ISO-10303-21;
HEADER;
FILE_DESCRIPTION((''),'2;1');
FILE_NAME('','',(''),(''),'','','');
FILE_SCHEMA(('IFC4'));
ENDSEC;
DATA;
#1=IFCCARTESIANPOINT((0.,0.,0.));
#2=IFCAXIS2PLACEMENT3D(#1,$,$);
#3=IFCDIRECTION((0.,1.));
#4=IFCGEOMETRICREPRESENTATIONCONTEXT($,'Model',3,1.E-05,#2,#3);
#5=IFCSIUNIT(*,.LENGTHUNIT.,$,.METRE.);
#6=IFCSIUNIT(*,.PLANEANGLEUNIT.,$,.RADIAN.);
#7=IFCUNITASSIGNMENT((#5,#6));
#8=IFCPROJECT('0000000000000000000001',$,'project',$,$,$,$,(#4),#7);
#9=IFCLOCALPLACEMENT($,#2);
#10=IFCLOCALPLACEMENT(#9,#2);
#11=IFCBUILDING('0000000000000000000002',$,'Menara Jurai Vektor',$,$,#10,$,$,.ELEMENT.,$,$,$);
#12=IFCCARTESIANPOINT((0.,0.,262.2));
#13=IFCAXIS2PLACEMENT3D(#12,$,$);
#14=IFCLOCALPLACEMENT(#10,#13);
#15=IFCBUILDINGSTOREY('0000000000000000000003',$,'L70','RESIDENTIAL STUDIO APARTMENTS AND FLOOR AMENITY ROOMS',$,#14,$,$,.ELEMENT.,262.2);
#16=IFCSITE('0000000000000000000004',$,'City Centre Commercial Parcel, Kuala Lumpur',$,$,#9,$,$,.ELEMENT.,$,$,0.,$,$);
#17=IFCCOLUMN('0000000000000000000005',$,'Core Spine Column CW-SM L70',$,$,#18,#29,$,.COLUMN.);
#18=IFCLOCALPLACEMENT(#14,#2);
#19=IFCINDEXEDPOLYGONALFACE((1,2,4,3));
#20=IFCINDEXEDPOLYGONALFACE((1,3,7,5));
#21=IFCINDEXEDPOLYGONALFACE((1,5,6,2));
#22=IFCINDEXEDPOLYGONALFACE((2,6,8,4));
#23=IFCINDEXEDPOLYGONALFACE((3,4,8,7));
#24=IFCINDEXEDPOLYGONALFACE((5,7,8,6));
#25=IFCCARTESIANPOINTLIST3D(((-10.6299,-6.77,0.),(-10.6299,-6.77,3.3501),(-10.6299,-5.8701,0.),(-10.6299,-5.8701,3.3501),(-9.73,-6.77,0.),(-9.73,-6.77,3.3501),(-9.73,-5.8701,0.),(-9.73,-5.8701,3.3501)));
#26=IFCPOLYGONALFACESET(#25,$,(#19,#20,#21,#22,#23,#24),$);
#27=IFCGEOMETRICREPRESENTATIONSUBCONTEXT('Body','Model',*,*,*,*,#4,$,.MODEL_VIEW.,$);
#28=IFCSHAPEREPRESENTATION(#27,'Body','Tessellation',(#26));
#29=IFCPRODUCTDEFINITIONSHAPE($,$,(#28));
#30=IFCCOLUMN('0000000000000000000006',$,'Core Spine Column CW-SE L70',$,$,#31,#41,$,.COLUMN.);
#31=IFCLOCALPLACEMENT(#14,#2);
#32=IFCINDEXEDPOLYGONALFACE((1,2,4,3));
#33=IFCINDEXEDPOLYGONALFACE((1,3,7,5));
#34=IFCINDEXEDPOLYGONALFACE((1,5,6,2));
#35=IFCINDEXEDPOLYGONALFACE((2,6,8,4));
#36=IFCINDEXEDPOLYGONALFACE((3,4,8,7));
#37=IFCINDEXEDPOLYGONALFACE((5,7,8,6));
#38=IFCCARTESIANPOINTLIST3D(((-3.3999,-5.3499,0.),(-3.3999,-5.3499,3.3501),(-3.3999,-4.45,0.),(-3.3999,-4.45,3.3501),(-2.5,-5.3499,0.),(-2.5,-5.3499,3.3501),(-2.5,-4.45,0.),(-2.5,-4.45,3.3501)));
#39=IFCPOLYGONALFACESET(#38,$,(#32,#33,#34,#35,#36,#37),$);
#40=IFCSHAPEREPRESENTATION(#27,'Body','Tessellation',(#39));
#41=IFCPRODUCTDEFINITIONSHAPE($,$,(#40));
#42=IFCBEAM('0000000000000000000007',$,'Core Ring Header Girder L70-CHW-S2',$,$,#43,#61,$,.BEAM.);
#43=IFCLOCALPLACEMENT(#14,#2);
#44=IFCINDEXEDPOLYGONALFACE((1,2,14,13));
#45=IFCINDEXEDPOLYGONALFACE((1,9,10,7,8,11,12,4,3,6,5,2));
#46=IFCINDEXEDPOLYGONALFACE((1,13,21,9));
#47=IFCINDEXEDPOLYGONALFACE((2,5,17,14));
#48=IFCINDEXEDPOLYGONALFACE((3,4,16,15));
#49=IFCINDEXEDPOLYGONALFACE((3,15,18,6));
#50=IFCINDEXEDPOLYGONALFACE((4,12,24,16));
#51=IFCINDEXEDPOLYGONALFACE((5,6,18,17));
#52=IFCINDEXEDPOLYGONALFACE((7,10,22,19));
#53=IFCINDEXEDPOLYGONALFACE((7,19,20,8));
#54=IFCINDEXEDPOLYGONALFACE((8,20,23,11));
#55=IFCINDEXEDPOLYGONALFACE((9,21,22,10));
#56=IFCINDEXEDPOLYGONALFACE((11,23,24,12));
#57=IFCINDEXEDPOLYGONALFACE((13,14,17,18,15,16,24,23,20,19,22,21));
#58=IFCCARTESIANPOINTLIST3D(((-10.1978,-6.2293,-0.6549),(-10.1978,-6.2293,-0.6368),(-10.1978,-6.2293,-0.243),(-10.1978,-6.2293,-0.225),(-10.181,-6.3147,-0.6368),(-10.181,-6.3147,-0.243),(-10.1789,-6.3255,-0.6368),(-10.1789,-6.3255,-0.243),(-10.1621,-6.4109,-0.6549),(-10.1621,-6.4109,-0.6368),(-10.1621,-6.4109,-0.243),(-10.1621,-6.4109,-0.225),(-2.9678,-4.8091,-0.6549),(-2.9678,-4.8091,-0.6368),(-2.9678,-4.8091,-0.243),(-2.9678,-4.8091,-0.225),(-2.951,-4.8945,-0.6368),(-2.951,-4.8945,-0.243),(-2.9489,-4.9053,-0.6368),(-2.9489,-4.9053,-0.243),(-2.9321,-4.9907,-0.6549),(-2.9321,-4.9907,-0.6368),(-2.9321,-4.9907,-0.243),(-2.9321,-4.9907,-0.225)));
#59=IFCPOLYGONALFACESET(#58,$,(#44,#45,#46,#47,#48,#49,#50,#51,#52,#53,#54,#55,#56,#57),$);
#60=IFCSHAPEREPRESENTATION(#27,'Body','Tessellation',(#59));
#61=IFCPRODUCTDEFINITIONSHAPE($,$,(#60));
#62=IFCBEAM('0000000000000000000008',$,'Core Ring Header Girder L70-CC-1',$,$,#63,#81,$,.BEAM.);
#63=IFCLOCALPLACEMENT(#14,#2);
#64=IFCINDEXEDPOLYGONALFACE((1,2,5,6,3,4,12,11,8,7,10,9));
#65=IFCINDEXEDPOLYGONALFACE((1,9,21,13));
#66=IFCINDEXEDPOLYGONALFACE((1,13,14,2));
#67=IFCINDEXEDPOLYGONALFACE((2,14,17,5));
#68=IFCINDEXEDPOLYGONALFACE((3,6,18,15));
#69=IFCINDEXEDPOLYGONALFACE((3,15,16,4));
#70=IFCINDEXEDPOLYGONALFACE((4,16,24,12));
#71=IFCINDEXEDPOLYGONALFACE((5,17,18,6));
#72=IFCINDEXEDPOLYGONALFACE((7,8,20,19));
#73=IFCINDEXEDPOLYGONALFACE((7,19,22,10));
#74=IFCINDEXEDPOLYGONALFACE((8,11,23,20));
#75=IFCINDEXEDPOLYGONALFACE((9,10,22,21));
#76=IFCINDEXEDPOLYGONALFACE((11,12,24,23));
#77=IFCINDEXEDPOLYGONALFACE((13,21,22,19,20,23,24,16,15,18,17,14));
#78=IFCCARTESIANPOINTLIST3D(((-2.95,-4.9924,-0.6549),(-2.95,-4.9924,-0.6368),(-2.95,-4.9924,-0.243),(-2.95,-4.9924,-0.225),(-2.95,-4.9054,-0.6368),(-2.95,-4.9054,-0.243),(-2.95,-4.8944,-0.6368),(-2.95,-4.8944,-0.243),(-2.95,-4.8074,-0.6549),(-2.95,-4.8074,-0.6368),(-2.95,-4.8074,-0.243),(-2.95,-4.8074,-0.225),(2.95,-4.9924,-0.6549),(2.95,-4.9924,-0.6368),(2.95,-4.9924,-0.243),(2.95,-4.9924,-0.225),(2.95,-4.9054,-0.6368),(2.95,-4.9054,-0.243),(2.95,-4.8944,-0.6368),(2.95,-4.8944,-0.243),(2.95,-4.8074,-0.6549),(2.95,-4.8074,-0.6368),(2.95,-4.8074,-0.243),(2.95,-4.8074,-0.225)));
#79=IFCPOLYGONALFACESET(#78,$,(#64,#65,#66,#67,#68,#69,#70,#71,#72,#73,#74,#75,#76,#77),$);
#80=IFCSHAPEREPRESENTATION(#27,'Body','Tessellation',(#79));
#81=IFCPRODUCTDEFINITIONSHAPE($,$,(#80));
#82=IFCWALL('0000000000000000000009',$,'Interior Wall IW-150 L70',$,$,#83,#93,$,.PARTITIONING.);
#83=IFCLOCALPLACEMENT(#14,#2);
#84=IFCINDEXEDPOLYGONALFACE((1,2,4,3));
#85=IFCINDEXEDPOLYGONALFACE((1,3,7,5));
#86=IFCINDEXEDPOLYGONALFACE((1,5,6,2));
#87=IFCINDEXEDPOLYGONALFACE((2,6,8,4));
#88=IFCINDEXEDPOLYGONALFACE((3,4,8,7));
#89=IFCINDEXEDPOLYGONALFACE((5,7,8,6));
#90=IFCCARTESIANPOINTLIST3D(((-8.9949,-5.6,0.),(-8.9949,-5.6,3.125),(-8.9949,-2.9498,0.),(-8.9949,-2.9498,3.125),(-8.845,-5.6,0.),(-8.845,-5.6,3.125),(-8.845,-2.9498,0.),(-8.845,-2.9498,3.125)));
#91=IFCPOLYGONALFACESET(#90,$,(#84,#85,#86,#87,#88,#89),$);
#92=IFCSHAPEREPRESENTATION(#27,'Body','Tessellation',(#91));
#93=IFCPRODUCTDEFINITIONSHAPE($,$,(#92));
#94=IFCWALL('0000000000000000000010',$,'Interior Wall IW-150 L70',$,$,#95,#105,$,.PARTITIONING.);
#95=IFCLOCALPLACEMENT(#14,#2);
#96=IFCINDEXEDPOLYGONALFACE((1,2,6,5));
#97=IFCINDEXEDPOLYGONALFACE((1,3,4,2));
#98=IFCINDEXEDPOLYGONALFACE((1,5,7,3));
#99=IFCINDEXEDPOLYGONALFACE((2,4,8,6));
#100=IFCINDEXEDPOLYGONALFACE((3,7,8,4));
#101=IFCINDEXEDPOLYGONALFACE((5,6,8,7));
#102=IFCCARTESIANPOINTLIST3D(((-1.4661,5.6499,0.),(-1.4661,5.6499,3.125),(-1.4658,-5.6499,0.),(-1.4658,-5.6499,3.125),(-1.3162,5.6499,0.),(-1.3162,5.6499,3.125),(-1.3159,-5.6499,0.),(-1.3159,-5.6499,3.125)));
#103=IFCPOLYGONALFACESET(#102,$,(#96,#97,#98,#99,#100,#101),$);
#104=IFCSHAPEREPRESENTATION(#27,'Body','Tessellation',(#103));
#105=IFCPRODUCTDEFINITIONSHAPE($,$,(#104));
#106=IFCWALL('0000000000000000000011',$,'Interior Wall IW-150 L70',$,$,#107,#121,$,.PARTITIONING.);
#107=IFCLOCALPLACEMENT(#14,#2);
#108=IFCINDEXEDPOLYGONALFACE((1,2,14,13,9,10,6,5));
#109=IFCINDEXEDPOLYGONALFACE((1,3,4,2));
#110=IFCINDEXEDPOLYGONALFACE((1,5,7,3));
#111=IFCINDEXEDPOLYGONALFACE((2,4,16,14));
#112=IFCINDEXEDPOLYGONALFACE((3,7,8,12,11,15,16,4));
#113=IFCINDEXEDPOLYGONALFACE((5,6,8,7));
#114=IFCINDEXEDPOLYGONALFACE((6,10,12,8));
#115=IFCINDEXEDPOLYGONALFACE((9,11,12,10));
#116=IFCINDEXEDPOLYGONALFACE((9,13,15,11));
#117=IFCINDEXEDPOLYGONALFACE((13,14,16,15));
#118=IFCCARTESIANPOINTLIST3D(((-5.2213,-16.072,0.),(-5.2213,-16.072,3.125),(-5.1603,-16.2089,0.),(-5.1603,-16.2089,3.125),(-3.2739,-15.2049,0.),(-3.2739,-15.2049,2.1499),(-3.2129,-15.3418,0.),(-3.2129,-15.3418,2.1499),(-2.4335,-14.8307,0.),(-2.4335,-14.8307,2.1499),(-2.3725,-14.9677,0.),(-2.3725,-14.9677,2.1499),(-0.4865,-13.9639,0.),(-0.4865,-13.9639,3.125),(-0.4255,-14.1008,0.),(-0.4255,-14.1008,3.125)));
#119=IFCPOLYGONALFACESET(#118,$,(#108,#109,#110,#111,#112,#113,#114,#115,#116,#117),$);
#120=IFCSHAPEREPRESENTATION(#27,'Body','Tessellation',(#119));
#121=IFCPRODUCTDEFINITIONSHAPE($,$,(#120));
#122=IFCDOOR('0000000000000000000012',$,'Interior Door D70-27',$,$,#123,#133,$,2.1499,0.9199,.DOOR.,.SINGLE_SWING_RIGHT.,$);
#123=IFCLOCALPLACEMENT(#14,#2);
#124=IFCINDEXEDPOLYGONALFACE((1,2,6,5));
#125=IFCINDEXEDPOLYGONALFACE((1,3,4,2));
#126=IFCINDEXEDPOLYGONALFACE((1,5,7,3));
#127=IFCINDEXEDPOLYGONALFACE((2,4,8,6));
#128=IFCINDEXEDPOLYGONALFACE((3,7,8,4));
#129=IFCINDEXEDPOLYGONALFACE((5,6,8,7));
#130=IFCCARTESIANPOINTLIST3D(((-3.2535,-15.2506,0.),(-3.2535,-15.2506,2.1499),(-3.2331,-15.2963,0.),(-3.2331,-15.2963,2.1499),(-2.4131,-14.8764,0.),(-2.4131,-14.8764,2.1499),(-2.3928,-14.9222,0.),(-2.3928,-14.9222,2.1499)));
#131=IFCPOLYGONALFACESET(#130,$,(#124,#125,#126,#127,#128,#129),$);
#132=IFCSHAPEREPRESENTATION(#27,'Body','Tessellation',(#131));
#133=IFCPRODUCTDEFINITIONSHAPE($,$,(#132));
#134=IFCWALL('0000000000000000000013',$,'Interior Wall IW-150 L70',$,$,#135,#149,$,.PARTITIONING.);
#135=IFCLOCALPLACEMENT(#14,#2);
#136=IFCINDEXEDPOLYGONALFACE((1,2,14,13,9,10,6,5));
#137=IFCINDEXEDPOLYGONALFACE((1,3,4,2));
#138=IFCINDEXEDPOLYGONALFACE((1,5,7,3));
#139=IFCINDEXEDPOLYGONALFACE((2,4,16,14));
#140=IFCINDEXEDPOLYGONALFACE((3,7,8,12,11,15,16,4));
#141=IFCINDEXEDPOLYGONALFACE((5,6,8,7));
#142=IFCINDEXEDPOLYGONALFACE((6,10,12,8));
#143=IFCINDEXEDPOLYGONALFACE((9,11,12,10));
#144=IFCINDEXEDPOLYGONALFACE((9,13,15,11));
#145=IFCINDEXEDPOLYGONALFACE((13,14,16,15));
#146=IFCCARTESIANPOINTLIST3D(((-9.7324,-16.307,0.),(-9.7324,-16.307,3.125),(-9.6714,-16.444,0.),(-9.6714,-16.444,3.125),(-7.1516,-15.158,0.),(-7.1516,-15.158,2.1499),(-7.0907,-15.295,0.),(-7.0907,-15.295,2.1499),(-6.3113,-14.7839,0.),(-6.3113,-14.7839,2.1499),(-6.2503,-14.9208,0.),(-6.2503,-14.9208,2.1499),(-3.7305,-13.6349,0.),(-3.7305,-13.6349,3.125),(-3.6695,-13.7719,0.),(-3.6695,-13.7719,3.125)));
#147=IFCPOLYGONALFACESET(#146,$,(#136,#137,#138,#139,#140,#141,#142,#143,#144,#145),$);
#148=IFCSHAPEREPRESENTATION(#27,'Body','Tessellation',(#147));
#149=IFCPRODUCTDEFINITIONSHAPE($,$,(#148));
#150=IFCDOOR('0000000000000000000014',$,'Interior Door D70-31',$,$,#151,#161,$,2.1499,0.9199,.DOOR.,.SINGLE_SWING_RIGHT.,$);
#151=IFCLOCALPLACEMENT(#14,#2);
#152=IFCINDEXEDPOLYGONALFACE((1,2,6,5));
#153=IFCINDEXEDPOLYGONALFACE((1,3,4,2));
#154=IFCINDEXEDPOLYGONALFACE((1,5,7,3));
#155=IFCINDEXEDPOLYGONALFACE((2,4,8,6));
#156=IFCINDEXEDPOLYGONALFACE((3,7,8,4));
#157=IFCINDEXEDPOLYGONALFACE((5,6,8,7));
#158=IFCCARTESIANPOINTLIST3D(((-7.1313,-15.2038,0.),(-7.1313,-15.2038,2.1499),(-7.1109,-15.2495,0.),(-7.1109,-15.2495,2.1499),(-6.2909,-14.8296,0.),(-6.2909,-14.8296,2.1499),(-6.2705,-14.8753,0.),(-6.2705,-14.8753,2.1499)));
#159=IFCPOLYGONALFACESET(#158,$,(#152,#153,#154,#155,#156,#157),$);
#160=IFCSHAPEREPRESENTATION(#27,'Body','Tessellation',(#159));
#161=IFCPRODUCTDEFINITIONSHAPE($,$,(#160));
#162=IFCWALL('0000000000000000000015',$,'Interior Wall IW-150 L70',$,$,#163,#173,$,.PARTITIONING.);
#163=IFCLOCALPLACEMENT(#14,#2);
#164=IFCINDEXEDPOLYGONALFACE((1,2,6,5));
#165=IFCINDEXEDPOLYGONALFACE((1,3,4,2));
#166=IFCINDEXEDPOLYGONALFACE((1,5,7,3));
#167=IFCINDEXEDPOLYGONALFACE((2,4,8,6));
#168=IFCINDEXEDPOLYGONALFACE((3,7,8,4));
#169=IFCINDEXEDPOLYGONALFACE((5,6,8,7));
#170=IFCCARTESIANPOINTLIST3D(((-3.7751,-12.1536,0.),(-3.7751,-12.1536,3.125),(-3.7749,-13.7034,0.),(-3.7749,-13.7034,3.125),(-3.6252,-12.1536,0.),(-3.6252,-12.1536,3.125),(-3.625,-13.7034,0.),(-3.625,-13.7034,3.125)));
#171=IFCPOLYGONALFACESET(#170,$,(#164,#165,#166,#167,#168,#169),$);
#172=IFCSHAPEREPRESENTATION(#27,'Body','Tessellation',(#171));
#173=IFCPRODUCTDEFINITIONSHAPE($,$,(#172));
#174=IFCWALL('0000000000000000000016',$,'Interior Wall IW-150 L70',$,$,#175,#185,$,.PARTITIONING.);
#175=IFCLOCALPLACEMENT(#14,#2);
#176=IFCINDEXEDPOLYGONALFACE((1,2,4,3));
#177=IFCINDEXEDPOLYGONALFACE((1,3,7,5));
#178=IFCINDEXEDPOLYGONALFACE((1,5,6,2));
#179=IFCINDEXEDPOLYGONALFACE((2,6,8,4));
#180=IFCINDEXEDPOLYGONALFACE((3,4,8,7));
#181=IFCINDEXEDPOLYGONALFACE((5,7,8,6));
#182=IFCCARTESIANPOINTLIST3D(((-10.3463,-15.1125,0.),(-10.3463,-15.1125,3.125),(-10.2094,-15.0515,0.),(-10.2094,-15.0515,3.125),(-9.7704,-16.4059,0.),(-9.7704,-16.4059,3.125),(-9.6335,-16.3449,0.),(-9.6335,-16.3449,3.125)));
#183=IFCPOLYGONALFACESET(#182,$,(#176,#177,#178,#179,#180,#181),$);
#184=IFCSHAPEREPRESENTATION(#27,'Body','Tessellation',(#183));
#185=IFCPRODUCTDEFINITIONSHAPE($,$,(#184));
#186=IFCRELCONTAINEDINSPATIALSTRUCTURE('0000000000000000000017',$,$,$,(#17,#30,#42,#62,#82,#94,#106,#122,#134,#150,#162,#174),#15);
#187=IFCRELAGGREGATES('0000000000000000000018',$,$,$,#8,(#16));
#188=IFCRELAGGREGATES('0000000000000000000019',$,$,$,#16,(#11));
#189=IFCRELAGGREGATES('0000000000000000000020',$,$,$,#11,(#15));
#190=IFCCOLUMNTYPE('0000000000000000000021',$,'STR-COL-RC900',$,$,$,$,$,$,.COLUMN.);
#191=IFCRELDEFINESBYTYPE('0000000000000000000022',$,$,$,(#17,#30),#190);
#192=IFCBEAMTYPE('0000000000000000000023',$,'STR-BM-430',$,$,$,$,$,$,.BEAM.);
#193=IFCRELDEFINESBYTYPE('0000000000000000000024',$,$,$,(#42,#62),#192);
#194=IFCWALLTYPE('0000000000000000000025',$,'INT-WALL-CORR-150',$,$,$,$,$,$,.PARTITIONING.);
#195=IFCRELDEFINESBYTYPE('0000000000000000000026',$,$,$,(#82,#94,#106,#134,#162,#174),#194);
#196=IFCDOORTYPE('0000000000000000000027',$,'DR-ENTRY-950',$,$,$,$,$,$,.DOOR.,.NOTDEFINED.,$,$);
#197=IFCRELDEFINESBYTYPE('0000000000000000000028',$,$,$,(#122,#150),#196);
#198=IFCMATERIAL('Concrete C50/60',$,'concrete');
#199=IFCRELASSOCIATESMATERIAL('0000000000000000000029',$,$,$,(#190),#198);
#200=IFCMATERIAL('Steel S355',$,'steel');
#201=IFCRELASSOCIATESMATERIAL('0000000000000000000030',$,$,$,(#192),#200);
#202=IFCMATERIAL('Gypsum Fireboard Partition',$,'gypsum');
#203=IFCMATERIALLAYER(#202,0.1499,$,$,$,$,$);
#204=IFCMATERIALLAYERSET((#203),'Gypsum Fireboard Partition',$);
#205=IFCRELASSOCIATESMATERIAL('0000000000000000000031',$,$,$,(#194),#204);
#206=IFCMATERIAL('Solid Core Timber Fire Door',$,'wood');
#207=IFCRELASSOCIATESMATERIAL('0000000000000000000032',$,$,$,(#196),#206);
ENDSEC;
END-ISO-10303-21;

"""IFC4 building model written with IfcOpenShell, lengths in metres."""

from ifc_helpers import new_model, si_unit, direction, frame, frame_2d, origin, origin_2d, place, context, subcontext, project, spatial, rectangle, i_section, extrude, material, layer, layer_set, material_profile, profile_set, type_object, element, fill, save


model = new_model("IFC4")

# Units and contexts
model_context = context("Model", 3, precision=1e-05, world=origin(), true_north=direction((0.0, 1.0)))
body_context = subcontext(model_context, "Body", "Model", "MODEL_VIEW")
ifc_project = project(units=[si_unit("LENGTHUNIT", "METRE"), si_unit("PLANEANGLEUNIT", "RADIAN")], contexts=[model_context])

# Site, building, storey
site_placement = place(None, origin())
site = spatial("IfcSite", under=ifc_project, at=site_placement, Name="City Centre Commercial Parcel, Kuala Lumpur", CompositionType="ELEMENT", RefElevation=0.0)
building_placement = place(site_placement, origin())
building = spatial("IfcBuilding", under=site, at=building_placement, Name="Menara Jurai Vektor", CompositionType="ELEMENT")
storey_placement = place(building_placement, frame((0.0, 0.0, 262.2)))
storey = spatial("IfcBuildingStorey", under=building, at=storey_placement, Name="L70", Description="RESIDENTIAL STUDIO APARTMENTS AND FLOOR AMENITY ROOMS", CompositionType="ELEMENT", Elevation=262.2)

# Columns
ifc_material_1 = material(Name="Concrete C50/60", Category="concrete")
ifc_material_profile_1 = material_profile(ifc_material_1, rectangle(XDim=0.8999, YDim=0.8999, at=origin_2d()), Name="RC 900x900")
ifc_profile_set_1 = profile_set([ifc_material_profile_1], Name="Concrete C50/60")
column_type = type_object("IfcColumnType", Name="STR-COL-RC900", PredefinedType="COLUMN", material=ifc_profile_set_1)
for number, where, z_axis, x_axis, name in (
    (1, (-10.1799, -6.3201, 0.0), (0.0, 0.0, 1.0), (1.0, 0.0, 0.0), "Core Spine Column CW-SM L70"),
    (2, (-2.95, -4.8999, 0.0), (0.0, 0.0, 1.0), (1.0, 0.0, 0.0), "Core Spine Column CW-SE L70"),
):
    element("IfcColumn", number, at=place(storey_placement, frame(where, z_axis=z_axis, x_axis=x_axis)), inside=storey, type_object=column_type, Name=name, PredefinedType="COLUMN", context=body_context, shape_type="SweptSolid", body=[
        extrude(rectangle(XDim=0.8999, YDim=0.8999, at=origin_2d()), origin(), (0.0, 0.0, 1.0), 3.3501),
    ])

# Beams
ifc_material_2 = material(Name="Steel S355", Category="steel")
ifc_material_profile_2 = material_profile(ifc_material_2, i_section(OverallWidth=0.1851, OverallDepth=0.4299, WebThickness=0.011, FlangeThickness=0.0181, at=origin_2d()), Name="PG 430x185x76")
ifc_profile_set_2 = profile_set([ifc_material_profile_2], Name="Steel S355")
beam_type = type_object("IfcBeamType", Name="STR-BM-430", PredefinedType="BEAM", material=ifc_profile_set_2)
beam_1_placement = place(storey_placement, frame((-10.1799, -6.3201, -0.4399), z_axis=(0.981249, 0.192744, 0.0), x_axis=(-0.192744, 0.981249, 0.0)))
element("IfcBeam", 3, at=beam_1_placement, inside=storey, type_object=beam_type, Name="Core Ring Header Girder L70-CHW-S2", PredefinedType="BEAM", context=body_context, shape_type="SweptSolid", body=[
    extrude(i_section(OverallWidth=0.1851, OverallDepth=0.4299, WebThickness=0.011, FlangeThickness=0.0181, at=origin_2d()), origin(), (0.0, 0.0, 1.0), 7.3682),
])
beam_2_placement = place(storey_placement, frame((-2.95, -4.8999, -0.4399), z_axis=(1.0, 0.0, 0.0), x_axis=(0.0, 1.0, 0.0)))
element("IfcBeam", 4, at=beam_2_placement, inside=storey, type_object=beam_type, Name="Core Ring Header Girder L70-CC-1", PredefinedType="BEAM", context=body_context, shape_type="SweptSolid", body=[
    extrude(i_section(OverallWidth=0.1851, OverallDepth=0.4299, WebThickness=0.011, FlangeThickness=0.0181, at=origin_2d()), origin(), (0.0, 0.0, 1.0), 5.8999),
])

# Walls
ifc_material_3 = material(Name="Gypsum Fireboard Partition", Category="gypsum")
ifc_layer_1 = layer(ifc_material_3, 0.1499)
ifc_layer_set_1 = layer_set([ifc_layer_1], Name="Gypsum Fireboard Partition")
wall_type_1 = type_object("IfcWallType", Name="INT-WALL-CORR-150", PredefinedType="PARTITIONING", material=ifc_layer_set_1)
wall_1_placement = place(storey_placement, frame((-8.9199, -5.6001, 0.0), z_axis=(0.0, 0.0, 1.0), x_axis=(0.0, 1.0, 0.0)))
element("IfcWall", 5, at=wall_1_placement, inside=storey, type_object=wall_type_1, Name="Interior Wall IW-150 L70", PredefinedType="PARTITIONING", context=body_context, shape_type="SweptSolid", body=[
    extrude(rectangle(XDim=2.6501, YDim=0.1499, at=frame_2d((1.3252, 0.0))), origin(), (0.0, 0.0, 1.0), 3.125),
])
wall_2_placement = place(storey_placement, frame((-1.3909, -5.6499, 0.0), z_axis=(0.0, 0.0, 1.0), x_axis=(-0.000022, 1.0, 0.0)))
element("IfcWall", 6, at=wall_2_placement, inside=storey, type_object=wall_type_1, Name="Interior Wall IW-150 L70", PredefinedType="PARTITIONING", context=body_context, shape_type="SweptSolid", body=[
    extrude(rectangle(XDim=11.2998, YDim=0.1499, at=frame_2d((5.6499, 0.0))), origin(), (0.0, 0.0, 1.0), 3.125),
])

# Walls, openings, doors
ifc_material_4 = material(Name="Solid Core Timber Fire Door", Category="wood")
door_type = type_object("IfcDoorType", Name="DR-ENTRY-950", OperationType="NOTDEFINED", PredefinedType="DOOR", material=ifc_material_4)
wall_3_placement = place(storey_placement, frame((-5.1907, -16.1404, 0.0), z_axis=(0.0, 0.0, 1.0), x_axis=(0.913541, 0.406746, 0.0)))
wall_3 = element("IfcWall", 7, at=wall_3_placement, inside=storey, type_object=wall_type_1, Name="Interior Wall IW-150 L70", PredefinedType="PARTITIONING", context=body_context, shape_type="SweptSolid", body=[
    extrude(rectangle(XDim=5.1829, YDim=0.1499, at=frame_2d((2.5913, 0.0))), origin(), (0.0, 0.0, 1.0), 3.125),
])
opening_1_placement = place(wall_3_placement, frame((2.1316, 0.0, 0.0)))
opening_1 = element("IfcOpeningElement", 8, at=opening_1_placement, cuts=wall_3, PredefinedType="OPENING", context=body_context, shape_type="SweptSolid", body=[
    extrude(rectangle(XDim=0.9199, YDim=2.1499, at=frame_2d((0.46, 1.075))), frame((0.0, 0.085, 0.0), z_axis=(0.0, -1.0, 0.0), x_axis=(1.0, 0.0, 0.0)), (0.0, 0.0, 1.0), 0.1699),
])
door_1_placement = place(opening_1_placement, origin())
door_1 = element("IfcDoor", 9, at=door_1_placement, inside=storey, type_object=door_type, Name="Interior Door D70-27", OperationType="SINGLE_SWING_RIGHT", OverallHeight=2.1499, OverallWidth=0.9199, PredefinedType="DOOR", context=body_context, shape_type="SweptSolid", body=[
    extrude(rectangle(XDim=0.9199, YDim=2.1499, at=frame_2d((0.46, 1.075))), frame((0.0, 0.0249, 0.0), z_axis=(0.0, -1.0, 0.0), x_axis=(1.0, 0.0, 0.0)), (0.0, 0.0, 1.0), 0.05),
])
fill(opening_1, door_1)
wall_4_placement = place(storey_placement, frame((-9.7019, -16.3755, 0.0), z_axis=(0.0, 0.0, 1.0), x_axis=(0.913552, 0.406721, 0.0)))
wall_4 = element("IfcWall", 10, at=wall_4_placement, inside=storey, type_object=wall_type_1, Name="Interior Wall IW-150 L70", PredefinedType="PARTITIONING", context=body_context, shape_type="SweptSolid", body=[
    extrude(rectangle(XDim=6.5698, YDim=0.1499, at=frame_2d((3.2849, 0.0))), origin(), (0.0, 0.0, 1.0), 3.125),
])
opening_2_placement = place(wall_4_placement, frame((2.825, 0.0, 0.0)))
opening_2 = element("IfcOpeningElement", 11, at=opening_2_placement, cuts=wall_4, PredefinedType="OPENING", context=body_context, shape_type="SweptSolid", body=[
    extrude(rectangle(XDim=0.9199, YDim=2.1499, at=frame_2d((0.46, 1.075))), frame((0.0, 0.085, 0.0), z_axis=(0.0, -1.0, 0.0), x_axis=(1.0, 0.0, 0.0)), (0.0, 0.0, 1.0), 0.1699),
])
door_2_placement = place(opening_2_placement, origin())
door_2 = element("IfcDoor", 12, at=door_2_placement, inside=storey, type_object=door_type, Name="Interior Door D70-31", OperationType="SINGLE_SWING_RIGHT", OverallHeight=2.1499, OverallWidth=0.9199, PredefinedType="DOOR", context=body_context, shape_type="SweptSolid", body=[
    extrude(rectangle(XDim=0.9199, YDim=2.1499, at=frame_2d((0.46, 1.075))), frame((0.0, 0.0249, 0.0), z_axis=(0.0, -1.0, 0.0), x_axis=(1.0, 0.0, 0.0)), (0.0, 0.0, 1.0), 0.05),
])
fill(opening_2, door_2)

# Wall
wall_5_placement = place(storey_placement, frame((-3.7, -13.7034, 0.0), z_axis=(0.0, 0.0, 1.0), x_axis=(-0.000158, 1.0, 0.0)))
element("IfcWall", 13, at=wall_5_placement, inside=storey, type_object=wall_type_1, Name="Interior Wall IW-150 L70", PredefinedType="PARTITIONING", context=body_context, shape_type="SweptSolid", body=[
    extrude(rectangle(XDim=1.5498, YDim=0.1499, at=frame_2d((0.7749, 0.0))), origin(), (0.0, 0.0, 1.0), 3.125),
])

# Wall
wall_6_placement = place(storey_placement, frame((-9.7019, -16.3755, 0.0), z_axis=(0.0, 0.0, 1.0), x_axis=(-0.406762, 0.913534, 0.0)))
element("IfcWall", 14, at=wall_6_placement, inside=storey, type_object=wall_type_1, Name="Interior Wall IW-150 L70", PredefinedType="PARTITIONING", context=body_context, shape_type="SweptSolid", body=[
    extrude(rectangle(XDim=1.4158, YDim=0.1499, at=frame_2d((0.708, 0.0))), origin(), (0.0, 0.0, 1.0), 3.125),
])

save(model, "model.ifc")
